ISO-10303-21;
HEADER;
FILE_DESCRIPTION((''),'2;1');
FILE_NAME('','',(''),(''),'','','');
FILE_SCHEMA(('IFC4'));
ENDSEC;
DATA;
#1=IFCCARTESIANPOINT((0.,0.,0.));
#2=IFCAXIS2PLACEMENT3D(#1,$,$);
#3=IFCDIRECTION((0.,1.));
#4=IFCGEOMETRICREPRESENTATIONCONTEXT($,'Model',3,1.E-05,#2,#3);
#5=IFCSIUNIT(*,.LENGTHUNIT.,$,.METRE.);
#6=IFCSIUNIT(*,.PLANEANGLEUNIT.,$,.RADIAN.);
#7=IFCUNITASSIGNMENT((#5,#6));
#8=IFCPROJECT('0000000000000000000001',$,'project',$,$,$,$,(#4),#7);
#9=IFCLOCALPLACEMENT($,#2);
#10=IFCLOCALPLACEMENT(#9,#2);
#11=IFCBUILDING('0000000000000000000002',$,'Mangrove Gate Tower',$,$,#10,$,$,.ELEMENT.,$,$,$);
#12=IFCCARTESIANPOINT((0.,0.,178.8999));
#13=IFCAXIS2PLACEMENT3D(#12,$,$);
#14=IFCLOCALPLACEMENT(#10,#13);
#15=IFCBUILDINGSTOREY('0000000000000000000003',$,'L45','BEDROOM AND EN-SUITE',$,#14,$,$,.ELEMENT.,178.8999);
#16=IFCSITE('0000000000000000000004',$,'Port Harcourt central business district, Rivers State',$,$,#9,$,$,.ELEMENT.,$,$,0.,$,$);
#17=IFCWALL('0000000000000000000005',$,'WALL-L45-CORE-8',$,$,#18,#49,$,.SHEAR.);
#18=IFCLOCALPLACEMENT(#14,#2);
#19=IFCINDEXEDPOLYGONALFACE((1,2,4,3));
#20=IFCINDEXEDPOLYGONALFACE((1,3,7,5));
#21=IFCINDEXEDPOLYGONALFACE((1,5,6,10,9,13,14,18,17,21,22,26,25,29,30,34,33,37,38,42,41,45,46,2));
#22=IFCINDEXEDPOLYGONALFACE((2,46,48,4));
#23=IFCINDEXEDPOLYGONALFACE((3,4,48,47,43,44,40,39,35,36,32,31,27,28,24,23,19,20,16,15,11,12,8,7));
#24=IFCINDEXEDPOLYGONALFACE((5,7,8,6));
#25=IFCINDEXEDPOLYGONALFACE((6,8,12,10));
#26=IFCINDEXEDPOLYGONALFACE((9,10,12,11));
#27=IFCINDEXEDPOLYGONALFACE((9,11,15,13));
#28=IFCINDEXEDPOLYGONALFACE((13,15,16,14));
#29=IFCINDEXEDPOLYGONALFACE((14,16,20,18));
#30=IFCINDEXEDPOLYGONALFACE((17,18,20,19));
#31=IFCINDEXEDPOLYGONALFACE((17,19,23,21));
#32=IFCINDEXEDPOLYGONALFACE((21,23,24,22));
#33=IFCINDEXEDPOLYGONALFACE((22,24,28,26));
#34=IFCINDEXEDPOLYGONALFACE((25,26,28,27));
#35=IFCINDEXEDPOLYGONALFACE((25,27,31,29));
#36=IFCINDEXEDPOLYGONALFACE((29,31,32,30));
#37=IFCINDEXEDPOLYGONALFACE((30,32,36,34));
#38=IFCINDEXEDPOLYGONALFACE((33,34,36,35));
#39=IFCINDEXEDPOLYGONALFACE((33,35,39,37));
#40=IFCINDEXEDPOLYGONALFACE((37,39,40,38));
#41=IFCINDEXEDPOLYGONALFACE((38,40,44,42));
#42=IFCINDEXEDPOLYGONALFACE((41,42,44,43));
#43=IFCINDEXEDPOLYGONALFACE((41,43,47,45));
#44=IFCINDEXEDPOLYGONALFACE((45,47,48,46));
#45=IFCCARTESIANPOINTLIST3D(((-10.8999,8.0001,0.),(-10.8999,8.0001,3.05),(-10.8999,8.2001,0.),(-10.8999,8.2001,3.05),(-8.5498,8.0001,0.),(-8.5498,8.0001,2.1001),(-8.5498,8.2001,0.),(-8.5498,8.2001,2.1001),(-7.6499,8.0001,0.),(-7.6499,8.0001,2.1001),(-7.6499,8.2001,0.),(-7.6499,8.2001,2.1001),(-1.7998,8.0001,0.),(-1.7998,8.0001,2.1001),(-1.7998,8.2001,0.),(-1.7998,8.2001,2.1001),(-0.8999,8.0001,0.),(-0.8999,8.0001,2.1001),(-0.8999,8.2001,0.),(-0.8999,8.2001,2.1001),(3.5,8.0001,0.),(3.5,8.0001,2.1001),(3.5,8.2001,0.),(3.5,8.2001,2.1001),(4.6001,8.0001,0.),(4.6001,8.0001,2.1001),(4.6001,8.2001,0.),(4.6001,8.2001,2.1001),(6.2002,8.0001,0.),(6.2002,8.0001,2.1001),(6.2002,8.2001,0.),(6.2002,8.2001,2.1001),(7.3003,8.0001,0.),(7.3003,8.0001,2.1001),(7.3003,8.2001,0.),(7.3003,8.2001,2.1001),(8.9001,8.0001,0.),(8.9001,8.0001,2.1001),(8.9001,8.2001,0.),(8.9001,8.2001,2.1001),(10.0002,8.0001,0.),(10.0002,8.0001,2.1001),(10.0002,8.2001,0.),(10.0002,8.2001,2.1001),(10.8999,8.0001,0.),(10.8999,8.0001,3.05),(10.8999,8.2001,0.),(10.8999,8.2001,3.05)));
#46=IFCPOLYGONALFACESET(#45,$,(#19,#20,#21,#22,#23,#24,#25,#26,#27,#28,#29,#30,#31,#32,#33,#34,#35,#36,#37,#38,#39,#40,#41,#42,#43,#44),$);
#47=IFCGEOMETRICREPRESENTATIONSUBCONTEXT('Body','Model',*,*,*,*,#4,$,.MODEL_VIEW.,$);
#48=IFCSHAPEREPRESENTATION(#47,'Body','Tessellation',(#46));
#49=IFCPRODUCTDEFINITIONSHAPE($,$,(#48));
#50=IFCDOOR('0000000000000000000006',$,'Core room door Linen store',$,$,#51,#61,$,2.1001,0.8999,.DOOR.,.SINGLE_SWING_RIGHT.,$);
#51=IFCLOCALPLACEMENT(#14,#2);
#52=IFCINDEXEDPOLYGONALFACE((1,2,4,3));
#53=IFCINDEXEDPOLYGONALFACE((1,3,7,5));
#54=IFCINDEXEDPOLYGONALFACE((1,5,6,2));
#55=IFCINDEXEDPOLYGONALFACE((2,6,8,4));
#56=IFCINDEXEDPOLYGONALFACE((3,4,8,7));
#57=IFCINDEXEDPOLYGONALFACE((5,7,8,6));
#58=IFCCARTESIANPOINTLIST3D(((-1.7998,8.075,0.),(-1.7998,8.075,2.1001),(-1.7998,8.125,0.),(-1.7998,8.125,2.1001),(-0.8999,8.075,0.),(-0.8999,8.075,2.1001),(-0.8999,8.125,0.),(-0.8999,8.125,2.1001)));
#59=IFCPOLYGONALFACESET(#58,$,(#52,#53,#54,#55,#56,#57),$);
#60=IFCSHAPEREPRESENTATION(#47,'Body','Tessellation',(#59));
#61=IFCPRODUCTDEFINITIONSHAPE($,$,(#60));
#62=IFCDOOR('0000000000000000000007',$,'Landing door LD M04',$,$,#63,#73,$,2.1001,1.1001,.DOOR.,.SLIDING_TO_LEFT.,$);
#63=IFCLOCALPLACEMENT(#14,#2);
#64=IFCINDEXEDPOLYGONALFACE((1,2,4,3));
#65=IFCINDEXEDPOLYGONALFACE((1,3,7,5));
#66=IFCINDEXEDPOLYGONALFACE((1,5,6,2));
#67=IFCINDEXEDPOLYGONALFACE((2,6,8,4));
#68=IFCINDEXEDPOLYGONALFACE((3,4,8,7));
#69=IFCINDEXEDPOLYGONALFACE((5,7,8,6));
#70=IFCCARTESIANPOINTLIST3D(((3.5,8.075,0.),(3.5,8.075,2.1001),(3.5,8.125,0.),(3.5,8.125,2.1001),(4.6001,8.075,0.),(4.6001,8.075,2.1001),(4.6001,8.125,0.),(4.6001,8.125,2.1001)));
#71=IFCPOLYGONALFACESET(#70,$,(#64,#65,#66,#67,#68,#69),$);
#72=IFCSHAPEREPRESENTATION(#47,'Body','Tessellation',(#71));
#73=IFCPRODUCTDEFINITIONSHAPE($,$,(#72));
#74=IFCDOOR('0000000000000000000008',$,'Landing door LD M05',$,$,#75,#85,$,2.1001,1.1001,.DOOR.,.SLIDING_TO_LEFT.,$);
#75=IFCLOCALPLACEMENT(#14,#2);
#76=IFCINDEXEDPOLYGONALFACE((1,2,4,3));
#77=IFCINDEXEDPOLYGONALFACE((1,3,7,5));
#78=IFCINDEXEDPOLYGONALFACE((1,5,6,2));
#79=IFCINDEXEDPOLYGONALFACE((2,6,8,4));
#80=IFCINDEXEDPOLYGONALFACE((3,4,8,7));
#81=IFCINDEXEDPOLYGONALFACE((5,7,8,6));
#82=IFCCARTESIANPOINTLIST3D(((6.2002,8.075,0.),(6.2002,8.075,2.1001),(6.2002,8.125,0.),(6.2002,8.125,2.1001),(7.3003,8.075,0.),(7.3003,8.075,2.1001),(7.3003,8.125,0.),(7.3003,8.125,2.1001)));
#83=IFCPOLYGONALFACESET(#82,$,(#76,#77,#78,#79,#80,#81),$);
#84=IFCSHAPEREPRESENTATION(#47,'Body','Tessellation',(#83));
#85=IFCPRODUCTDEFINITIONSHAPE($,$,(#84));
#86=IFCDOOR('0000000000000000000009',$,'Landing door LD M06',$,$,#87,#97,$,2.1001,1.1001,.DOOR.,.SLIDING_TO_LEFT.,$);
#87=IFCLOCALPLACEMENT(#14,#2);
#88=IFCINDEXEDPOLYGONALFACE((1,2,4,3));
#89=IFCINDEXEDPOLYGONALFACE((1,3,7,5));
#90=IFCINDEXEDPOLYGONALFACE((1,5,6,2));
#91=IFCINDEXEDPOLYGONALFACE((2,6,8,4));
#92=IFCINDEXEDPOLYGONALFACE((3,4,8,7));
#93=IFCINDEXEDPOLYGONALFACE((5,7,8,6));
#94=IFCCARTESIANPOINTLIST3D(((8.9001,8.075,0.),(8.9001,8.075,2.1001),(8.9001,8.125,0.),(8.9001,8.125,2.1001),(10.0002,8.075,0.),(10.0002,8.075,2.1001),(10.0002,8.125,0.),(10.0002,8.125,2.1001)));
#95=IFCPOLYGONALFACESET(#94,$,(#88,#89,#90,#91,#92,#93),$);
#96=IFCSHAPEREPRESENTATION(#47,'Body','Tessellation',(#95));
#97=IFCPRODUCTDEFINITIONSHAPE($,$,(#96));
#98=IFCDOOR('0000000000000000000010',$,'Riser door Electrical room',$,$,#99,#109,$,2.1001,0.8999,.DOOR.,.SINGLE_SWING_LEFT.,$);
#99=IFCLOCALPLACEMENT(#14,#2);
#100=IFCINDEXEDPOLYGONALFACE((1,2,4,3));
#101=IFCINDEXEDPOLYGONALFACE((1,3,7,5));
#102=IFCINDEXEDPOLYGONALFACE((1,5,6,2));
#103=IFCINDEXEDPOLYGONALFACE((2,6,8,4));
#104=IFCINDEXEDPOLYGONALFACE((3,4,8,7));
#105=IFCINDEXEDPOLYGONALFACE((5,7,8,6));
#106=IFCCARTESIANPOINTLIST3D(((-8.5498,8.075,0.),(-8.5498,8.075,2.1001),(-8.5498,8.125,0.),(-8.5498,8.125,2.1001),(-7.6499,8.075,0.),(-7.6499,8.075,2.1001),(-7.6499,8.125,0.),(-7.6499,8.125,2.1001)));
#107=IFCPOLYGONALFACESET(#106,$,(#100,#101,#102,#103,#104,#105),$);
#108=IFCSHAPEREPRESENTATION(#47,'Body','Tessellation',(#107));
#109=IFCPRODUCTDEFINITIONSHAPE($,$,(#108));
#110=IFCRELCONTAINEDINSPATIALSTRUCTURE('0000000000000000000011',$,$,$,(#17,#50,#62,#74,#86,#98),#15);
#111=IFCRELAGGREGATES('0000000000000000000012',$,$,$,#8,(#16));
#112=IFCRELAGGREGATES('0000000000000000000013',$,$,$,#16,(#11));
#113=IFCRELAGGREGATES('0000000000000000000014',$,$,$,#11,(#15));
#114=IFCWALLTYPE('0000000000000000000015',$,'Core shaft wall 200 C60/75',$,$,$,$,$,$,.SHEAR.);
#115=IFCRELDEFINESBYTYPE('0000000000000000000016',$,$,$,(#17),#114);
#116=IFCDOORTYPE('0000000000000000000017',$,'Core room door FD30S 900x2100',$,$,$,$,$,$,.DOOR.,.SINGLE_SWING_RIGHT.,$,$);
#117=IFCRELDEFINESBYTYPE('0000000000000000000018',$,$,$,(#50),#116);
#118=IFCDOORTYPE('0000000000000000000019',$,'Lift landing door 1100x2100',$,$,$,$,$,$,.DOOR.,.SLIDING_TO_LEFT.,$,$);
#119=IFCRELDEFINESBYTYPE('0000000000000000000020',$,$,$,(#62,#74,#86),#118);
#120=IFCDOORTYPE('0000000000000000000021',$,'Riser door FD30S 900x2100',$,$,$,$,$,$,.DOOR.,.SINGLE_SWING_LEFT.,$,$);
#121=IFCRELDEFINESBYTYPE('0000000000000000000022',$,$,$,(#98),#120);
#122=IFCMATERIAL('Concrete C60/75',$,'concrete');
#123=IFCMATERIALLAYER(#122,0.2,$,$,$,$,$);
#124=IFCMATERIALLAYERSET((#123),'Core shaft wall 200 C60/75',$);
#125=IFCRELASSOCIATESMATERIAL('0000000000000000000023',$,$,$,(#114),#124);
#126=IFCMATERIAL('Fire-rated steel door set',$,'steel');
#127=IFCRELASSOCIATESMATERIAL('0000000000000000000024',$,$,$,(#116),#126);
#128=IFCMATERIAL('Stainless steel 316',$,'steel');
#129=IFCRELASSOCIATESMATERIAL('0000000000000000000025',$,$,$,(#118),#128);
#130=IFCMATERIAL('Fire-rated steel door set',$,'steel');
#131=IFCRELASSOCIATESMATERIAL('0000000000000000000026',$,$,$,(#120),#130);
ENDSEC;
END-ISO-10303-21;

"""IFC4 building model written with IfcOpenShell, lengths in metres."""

from ifc_helpers import new_model, si_unit, direction, frame, frame_2d, origin, place, context, subcontext, project, spatial, rectangle, extrude, material, layer, layer_set, type_object, element, fill, save


model = new_model("IFC4")

# Units and contexts
model_context = context("Model", 3, precision=1e-05, world=origin(), true_north=direction((0.0, 1.0)))
body_context = subcontext(model_context, "Body", "Model", "MODEL_VIEW")
ifc_project = project(units=[si_unit("LENGTHUNIT", "METRE"), si_unit("PLANEANGLEUNIT", "RADIAN")], contexts=[model_context])

# Site, building, storey
site_placement = place(None, origin())
site = spatial("IfcSite", under=ifc_project, at=site_placement, Name="Port Harcourt central business district, Rivers State", CompositionType="ELEMENT", RefElevation=0.0)
building_placement = place(site_placement, origin())
building = spatial("IfcBuilding", under=site, at=building_placement, Name="Mangrove Gate Tower", CompositionType="ELEMENT")
storey_placement = place(building_placement, frame((0.0, 0.0, 178.8999)))
storey = spatial("IfcBuildingStorey", under=building, at=storey_placement, Name="L45", Description="BEDROOM AND EN-SUITE", CompositionType="ELEMENT", Elevation=178.8999)

# Wall, openings, doors
ifc_material_1 = material(Name="Concrete C60/75", Category="concrete")
ifc_layer_1 = layer(ifc_material_1, 0.2)
ifc_layer_set_1 = layer_set([ifc_layer_1], Name="Core shaft wall 200 C60/75")
wall_type_1 = type_object("IfcWallType", Name="Core shaft wall 200 C60/75", PredefinedType="SHEAR", material=ifc_layer_set_1)
wall_1_placement = place(storey_placement, frame((-10.8999, 8.1001, 0.0), z_axis=(0.0, 0.0, 1.0), x_axis=(1.0, 0.0, 0.0)))
wall_1 = element("IfcWall", 1, at=wall_1_placement, inside=storey, type_object=wall_type_1, Name="WALL-L45-CORE-8", PredefinedType="SHEAR", context=body_context, shape_type="SweptSolid", body=[
    extrude(rectangle(XDim=21.7998, YDim=0.2, at=frame_2d((10.8999, 0.0))), origin(), (0.0, 0.0, 1.0), 3.05),
])
opening_1_placement = place(wall_1_placement, frame((14.3999, 0.0, 0.0)))
opening_1 = element("IfcOpeningElement", 2, at=opening_1_placement, cuts=wall_1, PredefinedType="OPENING", context=body_context, shape_type="SweptSolid", body=[
    extrude(rectangle(XDim=1.1001, YDim=2.1001, at=frame_2d((0.55, 1.05))), frame((0.0, 0.1099, 0.0), z_axis=(0.0, -1.0, 0.0), x_axis=(1.0, 0.0, 0.0)), (0.0, 0.0, 1.0), 0.22),
])
opening_2_placement = place(wall_1_placement, frame((17.1001, 0.0, 0.0)))
opening_2 = element("IfcOpeningElement", 3, at=opening_2_placement, cuts=wall_1, PredefinedType="OPENING", context=body_context, shape_type="SweptSolid", body=[
    extrude(rectangle(XDim=1.1001, YDim=2.1001, at=frame_2d((0.55, 1.05))), frame((0.0, 0.1099, 0.0), z_axis=(0.0, -1.0, 0.0), x_axis=(1.0, 0.0, 0.0)), (0.0, 0.0, 1.0), 0.22),
])
opening_3_placement = place(wall_1_placement, frame((19.8, 0.0, 0.0)))
opening_3 = element("IfcOpeningElement", 4, at=opening_3_placement, cuts=wall_1, PredefinedType="OPENING", context=body_context, shape_type="SweptSolid", body=[
    extrude(rectangle(XDim=1.1001, YDim=2.1001, at=frame_2d((0.55, 1.05))), frame((0.0, 0.1099, 0.0), z_axis=(0.0, -1.0, 0.0), x_axis=(1.0, 0.0, 0.0)), (0.0, 0.0, 1.0), 0.22),
])
opening_4_placement = place(wall_1_placement, frame((2.3501, 0.0, 0.0)))
opening_4 = element("IfcOpeningElement", 5, at=opening_4_placement, cuts=wall_1, PredefinedType="OPENING", context=body_context, shape_type="SweptSolid", body=[
    extrude(rectangle(XDim=0.8999, YDim=2.1001, at=frame_2d((0.45, 1.05))), frame((0.0, 0.1099, 0.0), z_axis=(0.0, -1.0, 0.0), x_axis=(1.0, 0.0, 0.0)), (0.0, 0.0, 1.0), 0.22),
])
opening_5_placement = place(wall_1_placement, frame((9.1001, 0.0, 0.0)))
opening_5 = element("IfcOpeningElement", 6, at=opening_5_placement, cuts=wall_1, PredefinedType="OPENING", context=body_context, shape_type="SweptSolid", body=[
    extrude(rectangle(XDim=0.8999, YDim=2.1001, at=frame_2d((0.45, 1.05))), frame((0.0, 0.1099, 0.0), z_axis=(0.0, -1.0, 0.0), x_axis=(1.0, 0.0, 0.0)), (0.0, 0.0, 1.0), 0.22),
])
ifc_material_2 = material(Name="Fire-rated steel door set", Category="steel")
door_type_1 = type_object("IfcDoorType", Name="Core room door FD30S 900x2100", OperationType="SINGLE_SWING_RIGHT", PredefinedType="DOOR", material=ifc_material_2)
door_1_placement = place(opening_5_placement, origin())
door_1 = element("IfcDoor", 7, at=door_1_placement, inside=storey, type_object=door_type_1, Name="Core room door Linen store", OperationType="SINGLE_SWING_RIGHT", OverallHeight=2.1001, OverallWidth=0.8999, PredefinedType="DOOR", context=body_context, shape_type="SweptSolid", body=[
    extrude(rectangle(XDim=0.8999, YDim=2.1001, at=frame_2d((0.45, 1.05))), frame((0.0, 0.0249, 0.0), z_axis=(0.0, -1.0, 0.0), x_axis=(1.0, 0.0, 0.0)), (0.0, 0.0, 1.0), 0.05),
])
fill(opening_5, door_1)
ifc_material_3 = material(Name="Stainless steel 316", Category="steel")
door_type_2 = type_object("IfcDoorType", Name="Lift landing door 1100x2100", OperationType="SLIDING_TO_LEFT", PredefinedType="DOOR", material=ifc_material_3)
door_2_placement = place(opening_1_placement, origin())
door_2 = element("IfcDoor", 8, at=door_2_placement, inside=storey, type_object=door_type_2, Name="Landing door LD M04", OperationType="SLIDING_TO_LEFT", OverallHeight=2.1001, OverallWidth=1.1001, PredefinedType="DOOR", context=body_context, shape_type="SweptSolid", body=[
    extrude(rectangle(XDim=1.1001, YDim=2.1001, at=frame_2d((0.55, 1.05))), frame((0.0, 0.0249, 0.0), z_axis=(0.0, -1.0, 0.0), x_axis=(1.0, 0.0, 0.0)), (0.0, 0.0, 1.0), 0.05),
])
fill(opening_1, door_2)
door_3_placement = place(opening_2_placement, origin())
door_3 = element("IfcDoor", 9, at=door_3_placement, inside=storey, type_object=door_type_2, Name="Landing door LD M05", OperationType="SLIDING_TO_LEFT", OverallHeight=2.1001, OverallWidth=1.1001, PredefinedType="DOOR", context=body_context, shape_type="SweptSolid", body=[
    extrude(rectangle(XDim=1.1001, YDim=2.1001, at=frame_2d((0.55, 1.05))), frame((0.0, 0.0249, 0.0), z_axis=(0.0, -1.0, 0.0), x_axis=(1.0, 0.0, 0.0)), (0.0, 0.0, 1.0), 0.05),
])
fill(opening_2, door_3)
door_4_placement = place(opening_3_placement, origin())
door_4 = element("IfcDoor", 10, at=door_4_placement, inside=storey, type_object=door_type_2, Name="Landing door LD M06", OperationType="SLIDING_TO_LEFT", OverallHeight=2.1001, OverallWidth=1.1001, PredefinedType="DOOR", context=body_context, shape_type="SweptSolid", body=[
    extrude(rectangle(XDim=1.1001, YDim=2.1001, at=frame_2d((0.55, 1.05))), frame((0.0, 0.0249, 0.0), z_axis=(0.0, -1.0, 0.0), x_axis=(1.0, 0.0, 0.0)), (0.0, 0.0, 1.0), 0.05),
])
fill(opening_3, door_4)
ifc_material_4 = material(Name="Fire-rated steel door set", Category="steel")
door_type_3 = type_object("IfcDoorType", Name="Riser door FD30S 900x2100", OperationType="SINGLE_SWING_LEFT", PredefinedType="DOOR", material=ifc_material_4)
door_5_placement = place(opening_4_placement, origin())
door_5 = element("IfcDoor", 11, at=door_5_placement, inside=storey, type_object=door_type_3, Name="Riser door Electrical room", OperationType="SINGLE_SWING_LEFT", OverallHeight=2.1001, OverallWidth=0.8999, PredefinedType="DOOR", context=body_context, shape_type="SweptSolid", body=[
    extrude(rectangle(XDim=0.8999, YDim=2.1001, at=frame_2d((0.45, 1.05))), frame((0.0, 0.0249, 0.0), z_axis=(0.0, -1.0, 0.0), x_axis=(1.0, 0.0, 0.0)), (0.0, 0.0, 1.0), 0.05),
])
fill(opening_4, door_5)

save(model, "model.ifc")
